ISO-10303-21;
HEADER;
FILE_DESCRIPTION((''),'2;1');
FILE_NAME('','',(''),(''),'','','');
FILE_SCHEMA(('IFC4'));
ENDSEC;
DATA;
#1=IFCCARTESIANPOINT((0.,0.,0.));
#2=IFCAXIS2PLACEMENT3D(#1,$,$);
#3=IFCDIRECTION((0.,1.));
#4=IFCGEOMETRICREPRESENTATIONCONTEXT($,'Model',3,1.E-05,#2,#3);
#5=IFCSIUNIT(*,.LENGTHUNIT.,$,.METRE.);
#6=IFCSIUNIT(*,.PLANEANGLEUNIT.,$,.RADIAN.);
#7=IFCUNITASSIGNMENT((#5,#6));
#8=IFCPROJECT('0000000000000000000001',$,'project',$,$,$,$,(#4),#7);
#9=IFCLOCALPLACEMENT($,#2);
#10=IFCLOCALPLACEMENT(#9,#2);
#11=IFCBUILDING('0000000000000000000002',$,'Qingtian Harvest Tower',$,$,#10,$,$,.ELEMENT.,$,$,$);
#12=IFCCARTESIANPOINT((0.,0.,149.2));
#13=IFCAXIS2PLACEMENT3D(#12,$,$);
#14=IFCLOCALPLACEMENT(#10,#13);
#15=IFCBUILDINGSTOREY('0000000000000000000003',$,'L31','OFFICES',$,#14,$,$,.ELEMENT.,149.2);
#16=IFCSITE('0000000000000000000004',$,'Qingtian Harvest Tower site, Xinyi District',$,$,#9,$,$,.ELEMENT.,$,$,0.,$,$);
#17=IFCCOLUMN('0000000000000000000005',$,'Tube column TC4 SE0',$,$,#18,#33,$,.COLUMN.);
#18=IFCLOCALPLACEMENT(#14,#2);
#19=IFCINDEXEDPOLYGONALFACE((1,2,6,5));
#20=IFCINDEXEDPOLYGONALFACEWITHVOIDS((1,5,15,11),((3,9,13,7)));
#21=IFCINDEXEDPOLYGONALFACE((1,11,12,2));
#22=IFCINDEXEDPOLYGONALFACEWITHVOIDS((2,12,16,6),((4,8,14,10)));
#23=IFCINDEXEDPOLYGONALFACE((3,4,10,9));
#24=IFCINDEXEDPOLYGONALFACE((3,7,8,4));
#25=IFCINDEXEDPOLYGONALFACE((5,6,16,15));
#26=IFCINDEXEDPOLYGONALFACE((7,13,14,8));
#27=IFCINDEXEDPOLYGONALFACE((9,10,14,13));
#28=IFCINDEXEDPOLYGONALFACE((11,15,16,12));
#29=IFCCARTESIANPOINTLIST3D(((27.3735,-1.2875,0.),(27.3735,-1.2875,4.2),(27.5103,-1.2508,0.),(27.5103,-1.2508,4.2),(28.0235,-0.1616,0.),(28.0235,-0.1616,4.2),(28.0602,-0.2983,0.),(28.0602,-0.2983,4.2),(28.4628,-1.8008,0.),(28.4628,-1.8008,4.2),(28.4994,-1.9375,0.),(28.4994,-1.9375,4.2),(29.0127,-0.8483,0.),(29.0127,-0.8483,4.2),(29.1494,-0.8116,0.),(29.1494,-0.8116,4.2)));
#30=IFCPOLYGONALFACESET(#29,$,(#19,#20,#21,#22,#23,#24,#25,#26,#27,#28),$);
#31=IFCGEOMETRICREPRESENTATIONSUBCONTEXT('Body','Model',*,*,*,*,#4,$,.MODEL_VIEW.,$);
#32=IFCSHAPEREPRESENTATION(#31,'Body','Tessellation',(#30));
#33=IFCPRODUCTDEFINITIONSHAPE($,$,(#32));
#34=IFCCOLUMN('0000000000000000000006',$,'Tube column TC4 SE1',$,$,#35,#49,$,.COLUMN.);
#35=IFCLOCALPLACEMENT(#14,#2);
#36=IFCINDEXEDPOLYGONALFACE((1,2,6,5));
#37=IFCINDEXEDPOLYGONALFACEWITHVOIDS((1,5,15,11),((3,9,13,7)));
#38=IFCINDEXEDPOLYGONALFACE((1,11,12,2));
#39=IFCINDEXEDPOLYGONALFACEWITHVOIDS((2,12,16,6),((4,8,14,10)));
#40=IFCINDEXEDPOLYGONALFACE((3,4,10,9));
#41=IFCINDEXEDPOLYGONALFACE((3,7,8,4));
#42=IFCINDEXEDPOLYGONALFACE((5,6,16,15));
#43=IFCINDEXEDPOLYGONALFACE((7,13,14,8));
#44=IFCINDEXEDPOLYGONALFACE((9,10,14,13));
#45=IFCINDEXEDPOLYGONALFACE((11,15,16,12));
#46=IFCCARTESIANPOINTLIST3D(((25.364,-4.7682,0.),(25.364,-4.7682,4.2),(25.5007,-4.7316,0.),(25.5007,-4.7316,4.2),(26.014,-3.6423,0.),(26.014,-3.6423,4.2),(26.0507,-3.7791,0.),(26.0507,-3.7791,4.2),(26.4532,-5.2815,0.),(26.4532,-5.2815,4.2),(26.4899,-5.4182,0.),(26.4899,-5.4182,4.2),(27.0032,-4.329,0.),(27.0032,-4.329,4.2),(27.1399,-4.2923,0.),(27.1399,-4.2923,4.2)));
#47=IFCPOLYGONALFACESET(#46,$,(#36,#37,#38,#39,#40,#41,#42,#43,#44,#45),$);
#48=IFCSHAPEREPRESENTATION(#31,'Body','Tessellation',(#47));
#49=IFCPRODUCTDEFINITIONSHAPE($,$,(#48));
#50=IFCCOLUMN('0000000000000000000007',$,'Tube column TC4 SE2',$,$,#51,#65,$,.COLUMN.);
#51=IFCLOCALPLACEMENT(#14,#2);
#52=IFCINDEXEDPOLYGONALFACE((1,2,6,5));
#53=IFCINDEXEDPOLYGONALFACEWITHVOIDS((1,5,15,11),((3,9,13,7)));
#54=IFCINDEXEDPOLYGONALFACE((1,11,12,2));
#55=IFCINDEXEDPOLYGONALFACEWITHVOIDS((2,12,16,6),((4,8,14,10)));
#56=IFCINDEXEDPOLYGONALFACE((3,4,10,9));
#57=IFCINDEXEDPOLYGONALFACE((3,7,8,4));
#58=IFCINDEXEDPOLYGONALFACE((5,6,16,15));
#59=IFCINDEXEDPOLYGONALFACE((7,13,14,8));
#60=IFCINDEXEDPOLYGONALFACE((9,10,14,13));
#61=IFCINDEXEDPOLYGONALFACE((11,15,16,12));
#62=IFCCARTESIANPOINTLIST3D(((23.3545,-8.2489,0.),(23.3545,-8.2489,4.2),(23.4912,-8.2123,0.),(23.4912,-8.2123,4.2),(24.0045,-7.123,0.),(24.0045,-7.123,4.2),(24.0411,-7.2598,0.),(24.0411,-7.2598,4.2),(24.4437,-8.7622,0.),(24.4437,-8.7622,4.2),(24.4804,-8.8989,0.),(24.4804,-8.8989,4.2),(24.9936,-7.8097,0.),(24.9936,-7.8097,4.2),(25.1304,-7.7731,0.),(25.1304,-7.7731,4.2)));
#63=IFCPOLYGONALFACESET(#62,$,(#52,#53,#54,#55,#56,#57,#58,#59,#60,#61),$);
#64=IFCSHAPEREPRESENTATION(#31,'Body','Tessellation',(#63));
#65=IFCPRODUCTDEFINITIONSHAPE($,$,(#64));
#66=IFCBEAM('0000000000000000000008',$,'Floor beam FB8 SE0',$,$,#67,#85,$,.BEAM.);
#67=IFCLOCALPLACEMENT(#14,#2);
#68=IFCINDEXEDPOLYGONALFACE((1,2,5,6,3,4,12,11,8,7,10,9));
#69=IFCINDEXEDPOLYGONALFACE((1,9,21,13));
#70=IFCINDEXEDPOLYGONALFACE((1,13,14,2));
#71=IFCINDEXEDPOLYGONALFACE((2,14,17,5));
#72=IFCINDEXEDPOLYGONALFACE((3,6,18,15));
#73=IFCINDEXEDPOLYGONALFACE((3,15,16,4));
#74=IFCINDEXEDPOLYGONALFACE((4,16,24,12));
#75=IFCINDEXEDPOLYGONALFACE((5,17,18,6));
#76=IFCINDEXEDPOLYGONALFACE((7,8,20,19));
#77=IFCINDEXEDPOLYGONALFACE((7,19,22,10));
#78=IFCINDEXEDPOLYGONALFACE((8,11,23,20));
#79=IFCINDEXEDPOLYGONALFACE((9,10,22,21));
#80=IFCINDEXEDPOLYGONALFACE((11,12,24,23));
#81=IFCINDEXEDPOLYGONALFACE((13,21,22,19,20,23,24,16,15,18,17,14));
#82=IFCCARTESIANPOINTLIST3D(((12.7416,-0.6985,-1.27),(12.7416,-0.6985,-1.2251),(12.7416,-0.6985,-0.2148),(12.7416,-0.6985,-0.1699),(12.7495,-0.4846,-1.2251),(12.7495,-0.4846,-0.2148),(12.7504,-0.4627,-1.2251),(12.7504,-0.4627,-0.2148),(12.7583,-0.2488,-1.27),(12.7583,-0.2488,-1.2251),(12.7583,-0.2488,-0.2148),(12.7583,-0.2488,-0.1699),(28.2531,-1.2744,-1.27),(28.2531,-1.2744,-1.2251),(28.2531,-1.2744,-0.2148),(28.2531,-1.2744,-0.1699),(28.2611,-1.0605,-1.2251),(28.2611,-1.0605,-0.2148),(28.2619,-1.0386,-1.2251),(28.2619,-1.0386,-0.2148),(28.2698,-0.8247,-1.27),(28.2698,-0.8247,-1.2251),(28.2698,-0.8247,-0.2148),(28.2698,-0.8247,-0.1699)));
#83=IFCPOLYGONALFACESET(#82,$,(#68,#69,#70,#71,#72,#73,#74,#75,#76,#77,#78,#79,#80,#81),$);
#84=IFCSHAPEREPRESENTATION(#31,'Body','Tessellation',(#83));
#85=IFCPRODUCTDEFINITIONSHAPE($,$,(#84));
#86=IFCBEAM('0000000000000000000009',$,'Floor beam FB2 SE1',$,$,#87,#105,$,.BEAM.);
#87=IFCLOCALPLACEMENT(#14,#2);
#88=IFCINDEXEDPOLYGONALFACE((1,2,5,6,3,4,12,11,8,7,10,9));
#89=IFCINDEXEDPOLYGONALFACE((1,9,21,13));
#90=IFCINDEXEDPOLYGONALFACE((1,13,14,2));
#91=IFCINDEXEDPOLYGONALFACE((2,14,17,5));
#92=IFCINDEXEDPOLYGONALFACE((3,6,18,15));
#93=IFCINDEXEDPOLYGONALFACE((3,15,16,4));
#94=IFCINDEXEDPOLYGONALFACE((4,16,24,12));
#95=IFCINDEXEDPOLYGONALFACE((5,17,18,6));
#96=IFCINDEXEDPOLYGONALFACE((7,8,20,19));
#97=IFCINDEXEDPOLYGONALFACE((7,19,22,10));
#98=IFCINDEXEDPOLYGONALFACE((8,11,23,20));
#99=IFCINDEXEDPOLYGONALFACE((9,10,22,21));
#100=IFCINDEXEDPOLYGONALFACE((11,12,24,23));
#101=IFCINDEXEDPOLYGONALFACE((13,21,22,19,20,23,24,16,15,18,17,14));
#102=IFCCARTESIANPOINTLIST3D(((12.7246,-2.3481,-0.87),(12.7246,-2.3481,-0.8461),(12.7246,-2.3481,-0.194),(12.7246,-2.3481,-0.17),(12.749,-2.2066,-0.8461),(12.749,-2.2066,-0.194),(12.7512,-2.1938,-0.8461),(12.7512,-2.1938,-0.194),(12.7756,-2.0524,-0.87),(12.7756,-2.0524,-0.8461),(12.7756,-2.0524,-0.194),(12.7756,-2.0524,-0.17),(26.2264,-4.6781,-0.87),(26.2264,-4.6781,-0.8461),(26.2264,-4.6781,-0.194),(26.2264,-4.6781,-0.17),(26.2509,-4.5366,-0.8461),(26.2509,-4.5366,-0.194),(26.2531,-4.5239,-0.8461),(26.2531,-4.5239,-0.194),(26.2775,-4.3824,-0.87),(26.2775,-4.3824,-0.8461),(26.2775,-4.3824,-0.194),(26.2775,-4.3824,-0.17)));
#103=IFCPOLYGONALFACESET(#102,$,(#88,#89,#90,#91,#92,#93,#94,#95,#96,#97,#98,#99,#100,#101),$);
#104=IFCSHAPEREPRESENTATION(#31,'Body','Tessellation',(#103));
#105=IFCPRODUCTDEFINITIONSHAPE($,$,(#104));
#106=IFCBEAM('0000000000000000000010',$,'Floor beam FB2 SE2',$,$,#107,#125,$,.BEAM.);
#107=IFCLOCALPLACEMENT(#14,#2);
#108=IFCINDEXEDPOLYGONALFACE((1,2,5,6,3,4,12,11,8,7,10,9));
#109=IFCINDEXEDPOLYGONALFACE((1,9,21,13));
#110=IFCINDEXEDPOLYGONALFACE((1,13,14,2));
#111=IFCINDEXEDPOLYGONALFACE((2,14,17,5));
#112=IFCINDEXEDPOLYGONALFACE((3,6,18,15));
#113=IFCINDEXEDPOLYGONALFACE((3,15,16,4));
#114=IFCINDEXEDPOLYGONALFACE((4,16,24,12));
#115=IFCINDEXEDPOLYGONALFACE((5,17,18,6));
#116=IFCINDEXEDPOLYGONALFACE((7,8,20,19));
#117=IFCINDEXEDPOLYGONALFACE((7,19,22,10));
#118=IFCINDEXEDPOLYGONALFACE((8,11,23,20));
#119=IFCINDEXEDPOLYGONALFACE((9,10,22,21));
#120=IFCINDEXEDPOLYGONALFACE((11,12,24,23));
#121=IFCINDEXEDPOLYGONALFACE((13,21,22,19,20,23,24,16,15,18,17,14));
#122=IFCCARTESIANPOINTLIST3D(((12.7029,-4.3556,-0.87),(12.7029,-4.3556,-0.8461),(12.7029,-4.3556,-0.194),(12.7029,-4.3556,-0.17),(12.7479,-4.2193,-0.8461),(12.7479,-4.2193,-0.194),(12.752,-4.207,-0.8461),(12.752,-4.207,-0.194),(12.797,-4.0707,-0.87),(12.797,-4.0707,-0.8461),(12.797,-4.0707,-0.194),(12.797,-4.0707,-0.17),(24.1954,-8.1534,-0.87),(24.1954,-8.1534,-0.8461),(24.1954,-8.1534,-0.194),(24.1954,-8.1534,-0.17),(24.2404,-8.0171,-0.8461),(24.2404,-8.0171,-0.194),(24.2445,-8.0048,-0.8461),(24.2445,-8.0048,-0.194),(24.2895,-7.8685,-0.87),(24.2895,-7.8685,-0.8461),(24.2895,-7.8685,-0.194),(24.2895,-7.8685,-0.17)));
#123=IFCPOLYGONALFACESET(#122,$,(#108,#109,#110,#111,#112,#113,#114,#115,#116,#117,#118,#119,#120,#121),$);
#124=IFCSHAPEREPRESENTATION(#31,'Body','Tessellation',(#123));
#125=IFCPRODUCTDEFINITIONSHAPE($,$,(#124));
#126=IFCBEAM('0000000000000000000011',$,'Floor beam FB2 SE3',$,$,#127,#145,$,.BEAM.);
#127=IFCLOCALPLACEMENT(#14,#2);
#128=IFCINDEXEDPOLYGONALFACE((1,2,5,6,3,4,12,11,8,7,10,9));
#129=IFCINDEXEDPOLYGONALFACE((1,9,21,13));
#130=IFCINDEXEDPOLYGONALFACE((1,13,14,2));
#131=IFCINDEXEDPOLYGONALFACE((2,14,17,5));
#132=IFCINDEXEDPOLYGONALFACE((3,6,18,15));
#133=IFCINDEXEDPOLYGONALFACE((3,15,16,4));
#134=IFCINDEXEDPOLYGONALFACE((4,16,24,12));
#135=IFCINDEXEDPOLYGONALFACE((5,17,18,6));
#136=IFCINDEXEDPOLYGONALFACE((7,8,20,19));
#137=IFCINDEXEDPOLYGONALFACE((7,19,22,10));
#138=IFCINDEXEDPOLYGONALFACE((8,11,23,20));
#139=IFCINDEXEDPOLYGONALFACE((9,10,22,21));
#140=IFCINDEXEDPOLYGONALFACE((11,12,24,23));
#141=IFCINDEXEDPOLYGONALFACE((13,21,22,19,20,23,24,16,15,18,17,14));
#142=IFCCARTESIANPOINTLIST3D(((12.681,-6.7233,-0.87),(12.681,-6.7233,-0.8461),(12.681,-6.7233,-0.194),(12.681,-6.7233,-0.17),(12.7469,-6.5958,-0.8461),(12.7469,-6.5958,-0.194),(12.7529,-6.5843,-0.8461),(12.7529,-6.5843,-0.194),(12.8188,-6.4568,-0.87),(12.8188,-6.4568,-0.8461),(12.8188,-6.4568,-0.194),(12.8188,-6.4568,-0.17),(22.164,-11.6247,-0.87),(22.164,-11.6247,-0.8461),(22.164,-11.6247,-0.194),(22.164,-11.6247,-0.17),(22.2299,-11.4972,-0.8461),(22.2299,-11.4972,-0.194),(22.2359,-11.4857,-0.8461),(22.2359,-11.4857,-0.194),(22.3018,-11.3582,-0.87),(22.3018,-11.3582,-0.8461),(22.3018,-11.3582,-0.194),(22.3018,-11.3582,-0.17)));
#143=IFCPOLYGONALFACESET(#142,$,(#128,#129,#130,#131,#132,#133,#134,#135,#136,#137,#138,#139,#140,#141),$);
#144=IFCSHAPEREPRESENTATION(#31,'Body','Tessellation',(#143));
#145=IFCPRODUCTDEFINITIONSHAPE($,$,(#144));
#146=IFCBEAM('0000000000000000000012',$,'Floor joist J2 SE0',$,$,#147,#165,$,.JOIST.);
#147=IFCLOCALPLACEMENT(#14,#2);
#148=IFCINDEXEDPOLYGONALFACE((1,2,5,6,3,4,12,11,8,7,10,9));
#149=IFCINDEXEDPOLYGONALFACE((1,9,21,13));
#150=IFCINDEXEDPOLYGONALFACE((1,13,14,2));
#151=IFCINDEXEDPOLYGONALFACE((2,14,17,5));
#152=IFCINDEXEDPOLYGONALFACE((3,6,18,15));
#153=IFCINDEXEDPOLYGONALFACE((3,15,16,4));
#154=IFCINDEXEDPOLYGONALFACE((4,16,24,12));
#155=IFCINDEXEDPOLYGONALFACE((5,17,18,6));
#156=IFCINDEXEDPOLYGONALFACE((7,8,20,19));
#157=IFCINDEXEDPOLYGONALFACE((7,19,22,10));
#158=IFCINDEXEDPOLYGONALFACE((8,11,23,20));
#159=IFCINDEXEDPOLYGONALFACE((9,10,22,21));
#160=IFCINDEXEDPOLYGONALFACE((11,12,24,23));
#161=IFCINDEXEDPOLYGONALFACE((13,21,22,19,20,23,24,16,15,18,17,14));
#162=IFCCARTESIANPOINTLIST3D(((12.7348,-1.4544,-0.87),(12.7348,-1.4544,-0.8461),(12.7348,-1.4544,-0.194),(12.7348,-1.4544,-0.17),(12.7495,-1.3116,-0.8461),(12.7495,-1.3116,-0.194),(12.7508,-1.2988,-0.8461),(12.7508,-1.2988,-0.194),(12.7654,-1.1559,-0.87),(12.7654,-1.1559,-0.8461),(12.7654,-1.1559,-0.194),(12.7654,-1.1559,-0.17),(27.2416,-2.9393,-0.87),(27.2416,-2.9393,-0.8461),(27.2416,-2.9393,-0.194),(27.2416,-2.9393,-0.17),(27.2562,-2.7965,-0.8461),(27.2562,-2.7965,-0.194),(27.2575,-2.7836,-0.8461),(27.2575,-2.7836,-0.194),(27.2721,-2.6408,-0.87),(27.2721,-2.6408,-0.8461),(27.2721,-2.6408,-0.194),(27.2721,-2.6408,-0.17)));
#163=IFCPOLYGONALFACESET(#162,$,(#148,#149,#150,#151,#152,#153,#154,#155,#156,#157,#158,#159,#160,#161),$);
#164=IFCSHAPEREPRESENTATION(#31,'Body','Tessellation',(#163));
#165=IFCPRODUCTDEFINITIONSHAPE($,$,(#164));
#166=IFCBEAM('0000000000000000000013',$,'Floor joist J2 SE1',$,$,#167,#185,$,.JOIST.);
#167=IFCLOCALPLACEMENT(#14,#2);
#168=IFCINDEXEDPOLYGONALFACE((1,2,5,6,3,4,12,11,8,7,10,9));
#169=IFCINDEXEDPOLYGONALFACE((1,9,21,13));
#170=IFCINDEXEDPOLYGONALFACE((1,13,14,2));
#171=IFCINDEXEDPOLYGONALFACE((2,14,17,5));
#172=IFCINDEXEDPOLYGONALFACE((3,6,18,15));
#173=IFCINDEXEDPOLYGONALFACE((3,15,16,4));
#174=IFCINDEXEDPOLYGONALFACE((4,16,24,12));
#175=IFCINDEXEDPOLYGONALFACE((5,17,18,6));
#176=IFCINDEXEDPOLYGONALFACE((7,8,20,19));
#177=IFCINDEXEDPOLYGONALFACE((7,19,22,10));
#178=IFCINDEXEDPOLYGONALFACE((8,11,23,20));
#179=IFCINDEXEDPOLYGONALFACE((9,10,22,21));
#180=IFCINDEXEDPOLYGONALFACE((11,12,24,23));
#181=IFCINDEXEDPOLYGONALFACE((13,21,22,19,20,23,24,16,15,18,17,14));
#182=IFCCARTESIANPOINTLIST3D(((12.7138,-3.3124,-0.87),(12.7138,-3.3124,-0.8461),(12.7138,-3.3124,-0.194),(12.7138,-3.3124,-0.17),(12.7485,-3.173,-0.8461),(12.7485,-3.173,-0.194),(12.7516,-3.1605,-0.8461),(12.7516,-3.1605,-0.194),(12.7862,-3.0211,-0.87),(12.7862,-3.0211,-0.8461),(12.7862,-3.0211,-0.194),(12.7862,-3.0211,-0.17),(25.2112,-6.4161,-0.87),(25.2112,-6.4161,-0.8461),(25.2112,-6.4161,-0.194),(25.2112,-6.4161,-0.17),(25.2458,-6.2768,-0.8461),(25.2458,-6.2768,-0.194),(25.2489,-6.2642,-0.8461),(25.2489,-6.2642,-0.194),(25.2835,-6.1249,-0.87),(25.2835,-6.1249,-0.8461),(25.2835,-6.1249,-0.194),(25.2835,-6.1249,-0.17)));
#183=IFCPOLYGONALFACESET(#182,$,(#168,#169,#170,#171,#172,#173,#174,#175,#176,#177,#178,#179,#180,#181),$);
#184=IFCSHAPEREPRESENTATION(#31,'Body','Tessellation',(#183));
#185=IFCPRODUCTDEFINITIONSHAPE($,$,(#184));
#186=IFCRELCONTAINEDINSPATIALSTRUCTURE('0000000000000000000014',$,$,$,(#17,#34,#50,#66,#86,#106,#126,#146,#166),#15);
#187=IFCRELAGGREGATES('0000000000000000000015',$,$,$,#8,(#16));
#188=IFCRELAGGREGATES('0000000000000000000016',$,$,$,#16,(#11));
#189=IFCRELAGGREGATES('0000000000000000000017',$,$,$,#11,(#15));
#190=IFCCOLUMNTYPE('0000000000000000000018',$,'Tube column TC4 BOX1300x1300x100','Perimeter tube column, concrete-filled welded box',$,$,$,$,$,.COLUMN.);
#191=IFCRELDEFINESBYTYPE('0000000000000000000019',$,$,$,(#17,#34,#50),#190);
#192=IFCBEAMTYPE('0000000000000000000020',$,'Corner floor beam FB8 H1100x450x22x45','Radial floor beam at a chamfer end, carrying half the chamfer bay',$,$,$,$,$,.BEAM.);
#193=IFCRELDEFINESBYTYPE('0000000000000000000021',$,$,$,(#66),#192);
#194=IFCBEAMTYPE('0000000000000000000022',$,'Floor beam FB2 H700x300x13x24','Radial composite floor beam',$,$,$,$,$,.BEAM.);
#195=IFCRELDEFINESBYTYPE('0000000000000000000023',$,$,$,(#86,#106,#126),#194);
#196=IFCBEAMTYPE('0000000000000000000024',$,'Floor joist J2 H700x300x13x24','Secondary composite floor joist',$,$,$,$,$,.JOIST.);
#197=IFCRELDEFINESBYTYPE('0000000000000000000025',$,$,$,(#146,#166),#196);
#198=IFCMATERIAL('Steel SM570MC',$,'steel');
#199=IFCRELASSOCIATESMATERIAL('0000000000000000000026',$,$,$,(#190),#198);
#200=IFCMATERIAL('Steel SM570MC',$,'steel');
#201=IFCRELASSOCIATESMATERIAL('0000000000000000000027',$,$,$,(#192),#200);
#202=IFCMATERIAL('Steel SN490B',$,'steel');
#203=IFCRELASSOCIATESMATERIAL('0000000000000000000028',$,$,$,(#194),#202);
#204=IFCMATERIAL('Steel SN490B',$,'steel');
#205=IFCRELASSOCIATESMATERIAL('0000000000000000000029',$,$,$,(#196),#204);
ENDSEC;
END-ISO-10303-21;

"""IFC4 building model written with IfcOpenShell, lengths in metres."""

from ifc_helpers import new_model, si_unit, direction, frame, origin, origin_2d, place, context, subcontext, project, spatial, hollow_rectangle, i_section, extrude, material, material_profile, profile_set, type_object, element, save


model = new_model("IFC4")

# Units and contexts
model_context = context("Model", 3, precision=1e-05, world=origin(), true_north=direction((0.0, 1.0)))
body_context = subcontext(model_context, "Body", "Model", "MODEL_VIEW")
ifc_project = project(units=[si_unit("LENGTHUNIT", "METRE"), si_unit("PLANEANGLEUNIT", "RADIAN")], contexts=[model_context])

# Site, building, storey
site_placement = place(None, origin())
site = spatial("IfcSite", under=ifc_project, at=site_placement, Name="Qingtian Harvest Tower site, Xinyi District", CompositionType="ELEMENT", RefElevation=0.0)
building_placement = place(site_placement, origin())
building = spatial("IfcBuilding", under=site, at=building_placement, Name="Qingtian Harvest Tower", CompositionType="ELEMENT")
storey_placement = place(building_placement, frame((0.0, 0.0, 149.2)))
storey = spatial("IfcBuildingStorey", under=building, at=storey_placement, Name="L31", Description="OFFICES", CompositionType="ELEMENT", Elevation=149.2)

# Columns
ifc_material_1 = material(Name="Steel SM570MC", Category="steel")
ifc_material_profile_1 = material_profile(ifc_material_1, hollow_rectangle(XDim=1.3, YDim=1.3, WallThickness=0.1001, at=origin_2d()), Name="BOX1300x1300x100")
ifc_profile_set_1 = profile_set([ifc_material_profile_1], Name="Steel SM570MC")
column_type = type_object("IfcColumnType", Name="Tube column TC4 BOX1300x1300x100", Description="Perimeter tube column, concrete-filled welded box", PredefinedType="COLUMN", material=ifc_profile_set_1)
for number, where, z_axis, x_axis, name in (
    (1, (28.2615, -1.0496, 0.0), (0.0, 0.0, 1.0), (0.5, 0.866025, 0.0), "Tube column TC4 SE0"),
    (2, (26.252, -4.5303, 0.0), (0.0, 0.0, 1.0), (0.5, 0.866025, 0.0), "Tube column TC4 SE1"),
    (3, (24.2424, -8.011, 0.0), (0.0, 0.0, 1.0), (0.5, 0.866025, 0.0), "Tube column TC4 SE2"),
):
    element("IfcColumn", number, at=place(storey_placement, frame(where, z_axis=z_axis, x_axis=x_axis)), inside=storey, type_object=column_type, Name=name, PredefinedType="COLUMN", context=body_context, shape_type="SweptSolid", body=[
        extrude(hollow_rectangle(XDim=1.3, YDim=1.3, WallThickness=0.1001, at=origin_2d()), origin(), (0.0, 0.0, 1.0), 4.2),
    ])

# Beams
ifc_material_2 = material(Name="Steel SM570MC", Category="steel")
ifc_material_profile_2 = material_profile(ifc_material_2, i_section(OverallWidth=0.45, OverallDepth=1.1001, WebThickness=0.022, FlangeThickness=0.0449, at=origin_2d()), Name="H1100x450x22x45")
ifc_profile_set_2 = profile_set([ifc_material_profile_2], Name="Steel SM570MC")
beam_type_1 = type_object("IfcBeamType", Name="Corner floor beam FB8 H1100x450x22x45", Description="Radial floor beam at a chamfer end, carrying half the chamfer bay", PredefinedType="BEAM", material=ifc_profile_set_2)
beam_1_placement = place(storey_placement, frame((28.2615, -1.0496, -0.72), z_axis=(-0.999311, 0.037104, 0.0), x_axis=(-0.037104, -0.999311, 0.0)))
element("IfcBeam", 4, at=beam_1_placement, inside=storey, type_object=beam_type_1, Name="Floor beam FB8 SE0", PredefinedType="BEAM", context=body_context, shape_type="SweptSolid", body=[
    extrude(i_section(OverallWidth=0.45, OverallDepth=1.1001, WebThickness=0.022, FlangeThickness=0.0449, at=origin_2d()), origin(), (0.0, 0.0, 1.0), 15.5222),
])
ifc_material_3 = material(Name="Steel SN490B", Category="steel")
ifc_material_profile_3 = material_profile(ifc_material_3, i_section(OverallWidth=0.3, OverallDepth=0.7, WebThickness=0.0129, FlangeThickness=0.0239, at=origin_2d()), Name="H700x300x13x24")
ifc_profile_set_3 = profile_set([ifc_material_profile_3], Name="Steel SN490B")
beam_type_2 = type_object("IfcBeamType", Name="Floor beam FB2 H700x300x13x24", Description="Radial composite floor beam", PredefinedType="BEAM", material=ifc_profile_set_3)
beam_2_placement = place(storey_placement, frame((26.252, -4.5303, -0.52), z_axis=(-0.985434, 0.17006, 0.0), x_axis=(-0.17006, -0.985434, 0.0)))
element("IfcBeam", 5, at=beam_2_placement, inside=storey, type_object=beam_type_2, Name="Floor beam FB2 SE1", PredefinedType="BEAM", context=body_context, shape_type="SweptSolid", body=[
    extrude(i_section(OverallWidth=0.3, OverallDepth=0.7, WebThickness=0.0129, FlangeThickness=0.0239, at=origin_2d()), origin(), (0.0, 0.0, 1.0), 13.7014),
])
beam_3_placement = place(storey_placement, frame((24.2424, -8.011, -0.52), z_axis=(-0.949497, 0.313776, 0.0), x_axis=(-0.313776, -0.949497, 0.0)))
element("IfcBeam", 6, at=beam_3_placement, inside=storey, type_object=beam_type_2, Name="Floor beam FB2 SE2", PredefinedType="BEAM", context=body_context, shape_type="SweptSolid", body=[
    extrude(i_section(OverallWidth=0.3, OverallDepth=0.7, WebThickness=0.0129, FlangeThickness=0.0239, at=origin_2d()), origin(), (0.0, 0.0, 1.0), 12.1038),
])
beam_4_placement = place(storey_placement, frame((22.2329, -11.4915, -0.52), z_axis=(-0.888355, 0.459158, 0.0), x_axis=(-0.459158, -0.888355, 0.0)))
element("IfcBeam", 7, at=beam_4_placement, inside=storey, type_object=beam_type_2, Name="Floor beam FB2 SE3", PredefinedType="BEAM", context=body_context, shape_type="SweptSolid", body=[
    extrude(i_section(OverallWidth=0.3, OverallDepth=0.7, WebThickness=0.0129, FlangeThickness=0.0239, at=origin_2d()), origin(), (0.0, 0.0, 1.0), 10.6748),
])
ifc_material_4 = material(Name="Steel SN490B", Category="steel")
ifc_material_profile_4 = material_profile(ifc_material_4, i_section(OverallWidth=0.3, OverallDepth=0.7, WebThickness=0.0129, FlangeThickness=0.0239, at=origin_2d()), Name="H700x300x13x24")
ifc_profile_set_4 = profile_set([ifc_material_profile_4], Name="Steel SN490B")
beam_type_3 = type_object("IfcBeamType", Name="Floor joist J2 H700x300x13x24", Description="Secondary composite floor joist", PredefinedType="JOIST", material=ifc_profile_set_4)
beam_5_placement = place(storey_placement, frame((27.2568, -2.79, -0.52), z_axis=(-0.994802, 0.101824, 0.0), x_axis=(-0.101824, -0.994802, 0.0)))
element("IfcBeam", 8, at=beam_5_placement, inside=storey, type_object=beam_type_3, Name="Floor joist J2 SE0", PredefinedType="JOIST", context=body_context, shape_type="SweptSolid", body=[
    extrude(i_section(OverallWidth=0.3, OverallDepth=0.7, WebThickness=0.0129, FlangeThickness=0.0239, at=origin_2d()), origin(), (0.0, 0.0, 1.0), 14.5825),
])
beam_6_placement = place(storey_placement, frame((25.2473, -6.2705, -0.52), z_axis=(-0.970517, 0.241032, 0.0), x_axis=(-0.241032, -0.970517, 0.0)))
element("IfcBeam", 9, at=beam_6_placement, inside=storey, type_object=beam_type_3, Name="Floor joist J2 SE1", PredefinedType="JOIST", context=body_context, shape_type="SweptSolid", body=[
    extrude(i_section(OverallWidth=0.3, OverallDepth=0.7, WebThickness=0.0129, FlangeThickness=0.0239, at=origin_2d()), origin(), (0.0, 0.0, 1.0), 12.877),
])

save(model, "model.ifc")
